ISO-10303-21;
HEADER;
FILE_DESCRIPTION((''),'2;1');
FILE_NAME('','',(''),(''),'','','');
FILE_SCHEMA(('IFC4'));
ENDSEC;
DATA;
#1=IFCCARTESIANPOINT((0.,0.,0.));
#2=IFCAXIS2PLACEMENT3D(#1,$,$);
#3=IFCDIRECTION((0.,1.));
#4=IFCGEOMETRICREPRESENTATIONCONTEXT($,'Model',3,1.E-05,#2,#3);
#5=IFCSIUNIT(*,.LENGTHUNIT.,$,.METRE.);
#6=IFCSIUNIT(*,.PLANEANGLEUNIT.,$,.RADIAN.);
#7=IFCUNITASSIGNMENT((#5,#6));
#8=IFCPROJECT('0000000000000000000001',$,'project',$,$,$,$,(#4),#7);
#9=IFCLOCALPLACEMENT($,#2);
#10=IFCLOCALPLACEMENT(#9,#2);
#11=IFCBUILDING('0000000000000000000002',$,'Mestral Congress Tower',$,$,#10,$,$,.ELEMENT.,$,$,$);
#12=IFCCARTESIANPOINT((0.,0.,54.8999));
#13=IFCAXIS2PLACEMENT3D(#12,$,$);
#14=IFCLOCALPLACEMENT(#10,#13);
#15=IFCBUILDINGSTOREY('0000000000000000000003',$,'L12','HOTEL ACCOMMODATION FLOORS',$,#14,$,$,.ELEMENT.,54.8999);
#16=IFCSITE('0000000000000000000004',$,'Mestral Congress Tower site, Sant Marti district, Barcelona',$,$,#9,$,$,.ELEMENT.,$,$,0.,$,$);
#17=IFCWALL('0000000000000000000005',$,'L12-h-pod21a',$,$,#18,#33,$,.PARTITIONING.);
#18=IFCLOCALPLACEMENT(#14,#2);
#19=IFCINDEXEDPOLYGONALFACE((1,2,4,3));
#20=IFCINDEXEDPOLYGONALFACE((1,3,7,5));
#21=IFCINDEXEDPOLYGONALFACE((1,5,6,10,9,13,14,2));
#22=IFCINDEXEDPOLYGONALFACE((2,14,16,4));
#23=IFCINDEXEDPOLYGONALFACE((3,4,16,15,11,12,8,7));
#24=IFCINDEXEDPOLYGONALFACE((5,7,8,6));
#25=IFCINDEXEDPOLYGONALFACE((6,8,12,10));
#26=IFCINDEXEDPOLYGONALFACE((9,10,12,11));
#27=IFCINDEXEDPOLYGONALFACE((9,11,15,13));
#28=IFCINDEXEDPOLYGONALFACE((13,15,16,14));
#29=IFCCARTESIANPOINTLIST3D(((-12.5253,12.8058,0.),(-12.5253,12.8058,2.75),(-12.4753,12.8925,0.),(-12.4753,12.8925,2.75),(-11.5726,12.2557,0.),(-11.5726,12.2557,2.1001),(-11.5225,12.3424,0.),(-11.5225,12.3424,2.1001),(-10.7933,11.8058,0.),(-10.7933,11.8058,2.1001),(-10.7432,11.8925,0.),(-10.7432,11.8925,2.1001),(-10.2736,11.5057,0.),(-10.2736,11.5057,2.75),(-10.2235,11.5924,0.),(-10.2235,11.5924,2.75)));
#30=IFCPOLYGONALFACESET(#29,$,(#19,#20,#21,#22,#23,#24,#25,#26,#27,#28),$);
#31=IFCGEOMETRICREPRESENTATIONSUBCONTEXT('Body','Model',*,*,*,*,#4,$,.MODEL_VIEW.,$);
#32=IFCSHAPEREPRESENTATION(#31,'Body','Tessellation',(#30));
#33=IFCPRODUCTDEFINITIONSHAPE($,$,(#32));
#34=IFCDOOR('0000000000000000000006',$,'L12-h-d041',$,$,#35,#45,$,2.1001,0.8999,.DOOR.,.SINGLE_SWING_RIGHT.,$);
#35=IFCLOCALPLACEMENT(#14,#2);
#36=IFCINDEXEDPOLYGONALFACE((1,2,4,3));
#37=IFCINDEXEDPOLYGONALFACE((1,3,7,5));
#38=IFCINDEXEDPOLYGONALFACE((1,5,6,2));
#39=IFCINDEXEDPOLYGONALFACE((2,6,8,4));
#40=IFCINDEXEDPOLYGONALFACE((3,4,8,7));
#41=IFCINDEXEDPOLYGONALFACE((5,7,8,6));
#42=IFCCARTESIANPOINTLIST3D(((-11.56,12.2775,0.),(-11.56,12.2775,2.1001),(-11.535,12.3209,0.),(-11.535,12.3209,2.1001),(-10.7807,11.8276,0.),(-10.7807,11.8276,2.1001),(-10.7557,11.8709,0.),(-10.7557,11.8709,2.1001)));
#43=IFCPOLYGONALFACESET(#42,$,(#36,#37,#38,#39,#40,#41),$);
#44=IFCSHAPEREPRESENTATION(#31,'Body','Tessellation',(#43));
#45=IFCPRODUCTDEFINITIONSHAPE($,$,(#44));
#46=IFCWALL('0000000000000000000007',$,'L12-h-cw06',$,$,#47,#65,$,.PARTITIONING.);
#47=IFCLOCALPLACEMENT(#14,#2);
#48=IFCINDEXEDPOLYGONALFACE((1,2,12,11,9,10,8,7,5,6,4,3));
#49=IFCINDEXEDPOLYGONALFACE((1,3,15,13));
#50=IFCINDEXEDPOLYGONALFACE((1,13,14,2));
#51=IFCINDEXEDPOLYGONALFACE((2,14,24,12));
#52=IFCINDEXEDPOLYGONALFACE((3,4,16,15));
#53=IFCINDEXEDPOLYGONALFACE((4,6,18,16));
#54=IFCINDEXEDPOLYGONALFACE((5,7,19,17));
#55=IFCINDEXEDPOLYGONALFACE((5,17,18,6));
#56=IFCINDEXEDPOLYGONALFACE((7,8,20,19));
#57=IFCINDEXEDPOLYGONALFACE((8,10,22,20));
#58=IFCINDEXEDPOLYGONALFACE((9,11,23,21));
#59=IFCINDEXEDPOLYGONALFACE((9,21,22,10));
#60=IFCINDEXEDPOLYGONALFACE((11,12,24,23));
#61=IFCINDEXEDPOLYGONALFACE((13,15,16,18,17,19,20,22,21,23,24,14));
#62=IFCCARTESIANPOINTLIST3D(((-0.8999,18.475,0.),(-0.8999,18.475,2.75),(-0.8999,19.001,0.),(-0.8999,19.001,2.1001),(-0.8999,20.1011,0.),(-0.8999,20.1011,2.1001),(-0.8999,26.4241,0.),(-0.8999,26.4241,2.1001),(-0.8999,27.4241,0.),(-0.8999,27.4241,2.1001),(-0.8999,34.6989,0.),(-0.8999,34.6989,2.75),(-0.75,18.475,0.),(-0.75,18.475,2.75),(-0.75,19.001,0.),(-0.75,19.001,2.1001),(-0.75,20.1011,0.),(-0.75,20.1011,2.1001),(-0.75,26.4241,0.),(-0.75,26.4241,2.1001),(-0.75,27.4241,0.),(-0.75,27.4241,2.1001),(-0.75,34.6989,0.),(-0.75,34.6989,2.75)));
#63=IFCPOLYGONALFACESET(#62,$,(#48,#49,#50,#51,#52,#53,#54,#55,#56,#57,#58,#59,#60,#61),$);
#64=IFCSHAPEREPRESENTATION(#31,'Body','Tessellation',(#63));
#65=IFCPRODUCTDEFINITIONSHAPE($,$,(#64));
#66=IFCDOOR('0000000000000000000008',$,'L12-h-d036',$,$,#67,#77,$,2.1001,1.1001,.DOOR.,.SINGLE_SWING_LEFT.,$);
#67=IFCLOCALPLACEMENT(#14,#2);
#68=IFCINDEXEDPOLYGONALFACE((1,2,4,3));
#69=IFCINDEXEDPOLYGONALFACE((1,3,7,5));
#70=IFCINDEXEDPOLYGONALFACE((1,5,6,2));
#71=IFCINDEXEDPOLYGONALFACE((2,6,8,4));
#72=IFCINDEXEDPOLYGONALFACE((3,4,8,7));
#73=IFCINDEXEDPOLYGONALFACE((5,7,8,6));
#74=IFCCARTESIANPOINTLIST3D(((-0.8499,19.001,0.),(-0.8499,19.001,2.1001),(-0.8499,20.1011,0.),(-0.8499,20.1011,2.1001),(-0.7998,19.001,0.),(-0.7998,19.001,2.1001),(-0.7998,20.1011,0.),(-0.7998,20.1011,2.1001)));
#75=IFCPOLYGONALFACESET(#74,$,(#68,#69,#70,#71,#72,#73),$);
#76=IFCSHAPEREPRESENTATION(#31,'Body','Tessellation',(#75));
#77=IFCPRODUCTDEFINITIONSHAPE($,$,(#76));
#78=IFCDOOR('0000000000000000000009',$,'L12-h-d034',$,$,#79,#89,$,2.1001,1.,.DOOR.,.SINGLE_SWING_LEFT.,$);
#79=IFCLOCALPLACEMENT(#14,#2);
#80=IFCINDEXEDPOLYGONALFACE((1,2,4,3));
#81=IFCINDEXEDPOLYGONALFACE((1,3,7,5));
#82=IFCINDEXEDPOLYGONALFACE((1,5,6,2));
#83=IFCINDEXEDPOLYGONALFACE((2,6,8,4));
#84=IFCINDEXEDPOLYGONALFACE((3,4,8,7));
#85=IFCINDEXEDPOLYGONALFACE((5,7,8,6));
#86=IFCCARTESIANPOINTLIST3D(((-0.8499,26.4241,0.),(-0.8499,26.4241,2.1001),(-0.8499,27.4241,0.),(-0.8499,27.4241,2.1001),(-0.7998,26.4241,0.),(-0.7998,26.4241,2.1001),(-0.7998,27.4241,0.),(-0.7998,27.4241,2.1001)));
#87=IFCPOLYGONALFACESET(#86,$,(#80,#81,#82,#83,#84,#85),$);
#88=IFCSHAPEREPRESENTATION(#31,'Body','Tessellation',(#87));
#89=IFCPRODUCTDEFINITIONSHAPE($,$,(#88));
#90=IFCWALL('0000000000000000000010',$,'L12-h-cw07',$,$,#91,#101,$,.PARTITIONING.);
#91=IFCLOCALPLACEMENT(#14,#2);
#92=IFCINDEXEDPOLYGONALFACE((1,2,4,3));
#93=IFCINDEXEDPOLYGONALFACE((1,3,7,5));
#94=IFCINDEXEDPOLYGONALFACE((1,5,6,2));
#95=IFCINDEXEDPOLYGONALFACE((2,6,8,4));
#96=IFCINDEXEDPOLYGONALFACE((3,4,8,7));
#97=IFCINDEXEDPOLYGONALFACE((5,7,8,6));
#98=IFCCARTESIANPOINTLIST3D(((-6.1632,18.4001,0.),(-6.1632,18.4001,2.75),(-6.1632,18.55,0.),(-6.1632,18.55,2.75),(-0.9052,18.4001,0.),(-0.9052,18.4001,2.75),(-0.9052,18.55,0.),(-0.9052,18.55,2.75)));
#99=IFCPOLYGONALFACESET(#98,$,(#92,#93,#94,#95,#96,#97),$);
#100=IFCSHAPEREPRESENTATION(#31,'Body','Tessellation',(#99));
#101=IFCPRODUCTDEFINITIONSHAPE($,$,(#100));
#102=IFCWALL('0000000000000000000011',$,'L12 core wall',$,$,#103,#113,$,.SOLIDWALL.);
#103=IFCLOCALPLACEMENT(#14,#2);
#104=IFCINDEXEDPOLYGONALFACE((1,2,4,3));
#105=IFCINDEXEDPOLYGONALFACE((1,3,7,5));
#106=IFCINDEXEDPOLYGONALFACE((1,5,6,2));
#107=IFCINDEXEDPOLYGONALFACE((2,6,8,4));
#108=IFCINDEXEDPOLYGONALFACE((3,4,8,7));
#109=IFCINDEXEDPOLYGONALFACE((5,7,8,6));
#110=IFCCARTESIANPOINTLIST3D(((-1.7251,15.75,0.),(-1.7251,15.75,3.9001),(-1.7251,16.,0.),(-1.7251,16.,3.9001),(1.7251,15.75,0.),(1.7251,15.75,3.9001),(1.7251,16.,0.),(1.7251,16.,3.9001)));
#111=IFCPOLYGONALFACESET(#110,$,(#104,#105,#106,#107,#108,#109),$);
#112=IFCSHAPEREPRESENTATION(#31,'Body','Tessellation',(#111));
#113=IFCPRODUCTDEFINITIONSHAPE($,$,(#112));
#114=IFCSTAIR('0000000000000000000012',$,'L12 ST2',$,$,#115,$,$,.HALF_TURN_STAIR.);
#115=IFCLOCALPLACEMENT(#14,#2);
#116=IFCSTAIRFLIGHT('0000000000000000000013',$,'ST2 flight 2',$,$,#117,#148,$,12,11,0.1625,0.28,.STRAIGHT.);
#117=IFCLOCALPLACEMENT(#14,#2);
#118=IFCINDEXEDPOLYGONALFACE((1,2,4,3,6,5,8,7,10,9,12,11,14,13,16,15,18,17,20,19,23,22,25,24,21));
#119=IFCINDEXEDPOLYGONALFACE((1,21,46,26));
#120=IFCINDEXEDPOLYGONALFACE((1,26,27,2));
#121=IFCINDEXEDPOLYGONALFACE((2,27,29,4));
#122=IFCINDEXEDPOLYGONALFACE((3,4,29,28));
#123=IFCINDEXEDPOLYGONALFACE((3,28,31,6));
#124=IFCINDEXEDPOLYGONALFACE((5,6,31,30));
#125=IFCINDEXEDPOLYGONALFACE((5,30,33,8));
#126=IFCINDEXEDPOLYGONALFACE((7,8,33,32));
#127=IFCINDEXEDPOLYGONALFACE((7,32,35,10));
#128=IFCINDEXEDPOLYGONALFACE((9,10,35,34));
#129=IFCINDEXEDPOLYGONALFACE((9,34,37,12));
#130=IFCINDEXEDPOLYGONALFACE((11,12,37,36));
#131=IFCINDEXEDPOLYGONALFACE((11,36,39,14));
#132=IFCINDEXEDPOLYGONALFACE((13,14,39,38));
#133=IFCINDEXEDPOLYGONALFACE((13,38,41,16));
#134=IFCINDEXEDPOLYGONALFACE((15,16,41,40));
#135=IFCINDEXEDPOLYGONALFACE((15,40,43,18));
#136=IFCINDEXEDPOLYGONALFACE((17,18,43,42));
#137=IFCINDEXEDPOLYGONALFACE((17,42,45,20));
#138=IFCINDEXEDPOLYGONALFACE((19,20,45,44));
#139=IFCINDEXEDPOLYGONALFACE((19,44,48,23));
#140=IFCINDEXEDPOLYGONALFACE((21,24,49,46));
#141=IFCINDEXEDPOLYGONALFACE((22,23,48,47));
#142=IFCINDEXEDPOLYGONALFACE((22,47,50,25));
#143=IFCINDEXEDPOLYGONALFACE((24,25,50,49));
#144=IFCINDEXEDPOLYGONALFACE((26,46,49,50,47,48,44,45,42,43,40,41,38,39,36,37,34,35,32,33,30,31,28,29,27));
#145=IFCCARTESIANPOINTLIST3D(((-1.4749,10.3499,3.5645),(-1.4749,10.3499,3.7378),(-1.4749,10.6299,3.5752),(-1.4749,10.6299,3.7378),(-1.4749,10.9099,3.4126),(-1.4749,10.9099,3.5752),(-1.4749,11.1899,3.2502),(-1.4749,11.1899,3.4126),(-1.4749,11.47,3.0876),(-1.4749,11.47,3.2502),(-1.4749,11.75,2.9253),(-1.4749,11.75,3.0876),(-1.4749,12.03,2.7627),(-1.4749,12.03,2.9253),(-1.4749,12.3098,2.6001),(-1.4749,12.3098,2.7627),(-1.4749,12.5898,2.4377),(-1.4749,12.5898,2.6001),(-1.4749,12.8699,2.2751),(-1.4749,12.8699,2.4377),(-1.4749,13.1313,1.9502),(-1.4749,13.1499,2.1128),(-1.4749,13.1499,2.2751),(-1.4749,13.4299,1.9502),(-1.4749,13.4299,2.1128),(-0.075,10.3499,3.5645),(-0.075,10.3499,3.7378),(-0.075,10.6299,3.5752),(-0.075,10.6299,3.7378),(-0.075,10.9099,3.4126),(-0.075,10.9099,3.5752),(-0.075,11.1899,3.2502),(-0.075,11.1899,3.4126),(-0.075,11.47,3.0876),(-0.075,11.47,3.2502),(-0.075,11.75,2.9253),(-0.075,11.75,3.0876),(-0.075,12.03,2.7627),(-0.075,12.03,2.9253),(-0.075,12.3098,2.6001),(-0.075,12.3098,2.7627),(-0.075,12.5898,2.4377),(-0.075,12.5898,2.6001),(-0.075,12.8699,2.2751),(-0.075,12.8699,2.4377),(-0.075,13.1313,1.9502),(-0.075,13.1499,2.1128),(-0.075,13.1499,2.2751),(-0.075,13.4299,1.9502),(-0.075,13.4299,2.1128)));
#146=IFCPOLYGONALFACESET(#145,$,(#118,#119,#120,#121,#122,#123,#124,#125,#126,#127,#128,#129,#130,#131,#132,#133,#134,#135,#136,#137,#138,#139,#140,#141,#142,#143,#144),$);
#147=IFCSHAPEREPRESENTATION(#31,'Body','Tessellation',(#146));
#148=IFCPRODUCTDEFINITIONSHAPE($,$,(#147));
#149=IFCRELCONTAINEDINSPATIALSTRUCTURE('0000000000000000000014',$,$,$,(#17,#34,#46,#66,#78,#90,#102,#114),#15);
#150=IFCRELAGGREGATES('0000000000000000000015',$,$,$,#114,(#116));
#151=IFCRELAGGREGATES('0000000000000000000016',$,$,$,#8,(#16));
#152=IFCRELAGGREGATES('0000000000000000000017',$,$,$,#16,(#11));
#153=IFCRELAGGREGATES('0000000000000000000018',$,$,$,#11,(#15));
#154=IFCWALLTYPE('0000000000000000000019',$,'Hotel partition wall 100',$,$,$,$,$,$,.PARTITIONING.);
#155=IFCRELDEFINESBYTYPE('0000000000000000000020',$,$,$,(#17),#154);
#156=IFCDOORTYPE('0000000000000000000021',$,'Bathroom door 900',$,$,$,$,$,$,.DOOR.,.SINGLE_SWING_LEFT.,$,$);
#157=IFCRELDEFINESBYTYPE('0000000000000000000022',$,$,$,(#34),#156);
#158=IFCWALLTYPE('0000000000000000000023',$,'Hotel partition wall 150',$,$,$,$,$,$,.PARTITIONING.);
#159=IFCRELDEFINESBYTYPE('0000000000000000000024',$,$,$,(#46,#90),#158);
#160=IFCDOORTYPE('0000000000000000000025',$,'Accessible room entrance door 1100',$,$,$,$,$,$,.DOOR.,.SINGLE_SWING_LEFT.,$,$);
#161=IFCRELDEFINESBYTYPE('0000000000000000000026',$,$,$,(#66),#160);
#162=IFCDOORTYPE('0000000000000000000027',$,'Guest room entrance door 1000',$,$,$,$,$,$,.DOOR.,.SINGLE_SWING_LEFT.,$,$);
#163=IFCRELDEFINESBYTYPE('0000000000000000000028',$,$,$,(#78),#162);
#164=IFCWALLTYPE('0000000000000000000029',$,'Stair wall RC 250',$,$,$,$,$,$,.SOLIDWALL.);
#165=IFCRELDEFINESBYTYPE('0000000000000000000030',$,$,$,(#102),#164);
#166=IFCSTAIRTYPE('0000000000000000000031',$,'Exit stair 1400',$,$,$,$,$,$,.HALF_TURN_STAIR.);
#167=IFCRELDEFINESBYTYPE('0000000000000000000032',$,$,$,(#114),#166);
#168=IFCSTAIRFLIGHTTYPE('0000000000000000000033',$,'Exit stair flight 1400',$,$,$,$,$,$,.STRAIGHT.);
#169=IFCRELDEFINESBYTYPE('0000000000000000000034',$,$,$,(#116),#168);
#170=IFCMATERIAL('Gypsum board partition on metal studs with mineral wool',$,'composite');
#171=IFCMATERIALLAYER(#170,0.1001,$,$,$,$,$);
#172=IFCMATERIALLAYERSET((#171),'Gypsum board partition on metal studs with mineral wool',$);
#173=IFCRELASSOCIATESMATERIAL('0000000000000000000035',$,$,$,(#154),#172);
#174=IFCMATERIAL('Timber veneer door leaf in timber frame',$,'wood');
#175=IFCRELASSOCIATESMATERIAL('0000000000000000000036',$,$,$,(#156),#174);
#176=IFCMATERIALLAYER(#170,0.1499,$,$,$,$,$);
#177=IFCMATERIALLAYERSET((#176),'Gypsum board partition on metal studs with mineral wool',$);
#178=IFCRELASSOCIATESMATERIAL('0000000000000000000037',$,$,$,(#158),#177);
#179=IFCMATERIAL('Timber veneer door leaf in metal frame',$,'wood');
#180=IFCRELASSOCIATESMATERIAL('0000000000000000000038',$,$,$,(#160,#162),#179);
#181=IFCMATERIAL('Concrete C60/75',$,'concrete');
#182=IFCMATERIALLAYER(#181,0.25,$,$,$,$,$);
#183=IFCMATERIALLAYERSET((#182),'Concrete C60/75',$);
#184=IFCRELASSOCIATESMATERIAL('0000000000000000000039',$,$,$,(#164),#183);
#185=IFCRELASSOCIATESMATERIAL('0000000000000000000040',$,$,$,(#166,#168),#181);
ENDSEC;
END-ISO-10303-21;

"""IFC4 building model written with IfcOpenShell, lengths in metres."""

from ifc_helpers import new_model, si_unit, direction, frame, frame_2d, origin, place, context, subcontext, project, spatial, polyline, rectangle, outline, extrude, material, layer, layer_set, type_object, element, fill, aggregate, save


model = new_model("IFC4")

# Units and contexts
model_context = context("Model", 3, precision=1e-05, world=origin(), true_north=direction((0.0, 1.0)))
body_context = subcontext(model_context, "Body", "Model", "MODEL_VIEW")
ifc_project = project(units=[si_unit("LENGTHUNIT", "METRE"), si_unit("PLANEANGLEUNIT", "RADIAN")], contexts=[model_context])

# Site, building, storey
site_placement = place(None, origin())
site = spatial("IfcSite", under=ifc_project, at=site_placement, Name="Mestral Congress Tower site, Sant Marti district, Barcelona", CompositionType="ELEMENT", RefElevation=0.0)
building_placement = place(site_placement, origin())
building = spatial("IfcBuilding", under=site, at=building_placement, Name="Mestral Congress Tower", CompositionType="ELEMENT")
storey_placement = place(building_placement, frame((0.0, 0.0, 54.8999)))
storey = spatial("IfcBuildingStorey", under=building, at=storey_placement, Name="L12", Description="HOTEL ACCOMMODATION FLOORS", CompositionType="ELEMENT", Elevation=54.8999)

# Shared definitions
ifc_material_1 = material(Name="Concrete C60/75", Category="concrete")

# Shared definitions
ifc_material_2 = material(Name="Gypsum board partition on metal studs with mineral wool", Category="composite")
ifc_layer_1 = layer(ifc_material_2, 0.1001)
ifc_layer_set_1 = layer_set([ifc_layer_1], Name="Gypsum board partition on metal studs with mineral wool")
wall_type_1 = type_object("IfcWallType", Name="Hotel partition wall 100", PredefinedType="PARTITIONING", material=ifc_layer_set_1)
ifc_material_3 = material(Name="Timber veneer door leaf in timber frame", Category="wood")
door_type_1 = type_object("IfcDoorType", Name="Bathroom door 900", OperationType="SINGLE_SWING_LEFT", PredefinedType="DOOR", material=ifc_material_3)

# Wall, opening, door
wall_1_placement = place(storey_placement, frame((-10.2485, 11.5491, 0.0), z_axis=(0.0, 0.0, 1.0), x_axis=(-0.866021, 0.500007, 0.0)))
wall_1 = element("IfcWall", 1, at=wall_1_placement, inside=storey, type_object=wall_type_1, Name="L12-h-pod21a", PredefinedType="PARTITIONING", context=body_context, shape_type="SweptSolid", body=[
    extrude(rectangle(XDim=2.6001, YDim=0.1001, at=frame_2d((1.3, 0.0))), origin(), (0.0, 0.0, 1.0), 2.75),
])
opening_1_placement = place(wall_1_placement, frame((0.6001, 0.0, 0.0)))
opening_1 = element("IfcOpeningElement", 2, at=opening_1_placement, cuts=wall_1, PredefinedType="OPENING", context=body_context, shape_type="SweptSolid", body=[
    extrude(rectangle(XDim=0.8999, YDim=2.1001, at=frame_2d((0.45, 1.05))), frame((0.0, 0.0601, 0.0), z_axis=(0.0, -1.0, 0.0), x_axis=(1.0, 0.0, 0.0)), (0.0, 0.0, 1.0), 0.1201),
])
door_1_placement = place(opening_1_placement, origin())
door_1 = element("IfcDoor", 3, at=door_1_placement, inside=storey, type_object=door_type_1, Name="L12-h-d041", OperationType="SINGLE_SWING_RIGHT", OverallHeight=2.1001, OverallWidth=0.8999, PredefinedType="DOOR", context=body_context, shape_type="SweptSolid", body=[
    extrude(rectangle(XDim=0.8999, YDim=2.1001, at=frame_2d((0.45, 1.05))), frame((0.0, 0.0249, 0.0), z_axis=(0.0, -1.0, 0.0), x_axis=(1.0, 0.0, 0.0)), (0.0, 0.0, 1.0), 0.05),
])
fill(opening_1, door_1)

# Wall, openings, doors
ifc_layer_2 = layer(ifc_material_2, 0.1499)
ifc_layer_set_2 = layer_set([ifc_layer_2], Name="Gypsum board partition on metal studs with mineral wool")
wall_type_2 = type_object("IfcWallType", Name="Hotel partition wall 150", PredefinedType="PARTITIONING", material=ifc_layer_set_2)
wall_2_placement = place(storey_placement, frame((-0.825, 18.4751, 0.0), z_axis=(0.0, 0.0, 1.0), x_axis=(0.0, 1.0, 0.0)))
wall_2 = element("IfcWall", 4, at=wall_2_placement, inside=storey, type_object=wall_type_2, Name="L12-h-cw06", PredefinedType="PARTITIONING", context=body_context, shape_type="SweptSolid", body=[
    extrude(rectangle(XDim=16.2239, YDim=0.1499, at=frame_2d((8.1118, 0.0))), origin(), (0.0, 0.0, 1.0), 2.75),
])
opening_2_placement = place(wall_2_placement, frame((7.949, 0.0, 0.0)))
opening_2 = element("IfcOpeningElement", 5, at=opening_2_placement, cuts=wall_2, PredefinedType="OPENING", context=body_context, shape_type="SweptSolid", body=[
    extrude(rectangle(XDim=1.0, YDim=2.1001, at=frame_2d((0.5, 1.05))), frame((0.0, 0.085, 0.0), z_axis=(0.0, -1.0, 0.0), x_axis=(1.0, 0.0, 0.0)), (0.0, 0.0, 1.0), 0.1699),
])
opening_3_placement = place(wall_2_placement, frame((0.5259, 0.0, 0.0)))
opening_3 = element("IfcOpeningElement", 6, at=opening_3_placement, cuts=wall_2, PredefinedType="OPENING", context=body_context, shape_type="SweptSolid", body=[
    extrude(rectangle(XDim=1.1001, YDim=2.1001, at=frame_2d((0.55, 1.05))), frame((0.0, 0.085, 0.0), z_axis=(0.0, -1.0, 0.0), x_axis=(1.0, 0.0, 0.0)), (0.0, 0.0, 1.0), 0.1699),
])
ifc_material_4 = material(Name="Timber veneer door leaf in metal frame", Category="wood")
door_type_2 = type_object("IfcDoorType", Name="Accessible room entrance door 1100", OperationType="SINGLE_SWING_LEFT", PredefinedType="DOOR", material=ifc_material_4)
door_2_placement = place(opening_3_placement, origin())
door_2 = element("IfcDoor", 7, at=door_2_placement, inside=storey, type_object=door_type_2, Name="L12-h-d036", OperationType="SINGLE_SWING_LEFT", OverallHeight=2.1001, OverallWidth=1.1001, PredefinedType="DOOR", context=body_context, shape_type="SweptSolid", body=[
    extrude(rectangle(XDim=1.1001, YDim=2.1001, at=frame_2d((0.55, 1.05))), frame((0.0, 0.0249, 0.0), z_axis=(0.0, -1.0, 0.0), x_axis=(1.0, 0.0, 0.0)), (0.0, 0.0, 1.0), 0.05),
])
fill(opening_3, door_2)
door_type_3 = type_object("IfcDoorType", Name="Guest room entrance door 1000", OperationType="SINGLE_SWING_LEFT", PredefinedType="DOOR", material=ifc_material_4)
door_3_placement = place(opening_2_placement, origin())
door_3 = element("IfcDoor", 8, at=door_3_placement, inside=storey, type_object=door_type_3, Name="L12-h-d034", OperationType="SINGLE_SWING_LEFT", OverallHeight=2.1001, OverallWidth=1.0, PredefinedType="DOOR", context=body_context, shape_type="SweptSolid", body=[
    extrude(rectangle(XDim=1.0, YDim=2.1001, at=frame_2d((0.5, 1.05))), frame((0.0, 0.0249, 0.0), z_axis=(0.0, -1.0, 0.0), x_axis=(1.0, 0.0, 0.0)), (0.0, 0.0, 1.0), 0.05),
])
fill(opening_2, door_3)

# Walls
wall_3_placement = place(storey_placement, frame((-6.1631, 18.4751, 0.0), z_axis=(0.0, 0.0, 1.0), x_axis=(1.0, 0.0, 0.0)))
element("IfcWall", 9, at=wall_3_placement, inside=storey, type_object=wall_type_2, Name="L12-h-cw07", PredefinedType="PARTITIONING", context=body_context, shape_type="SweptSolid", body=[
    extrude(rectangle(XDim=5.2581, YDim=0.1499, at=frame_2d((2.6289, 0.0))), origin(), (0.0, 0.0, 1.0), 2.75),
])
ifc_layer_3 = layer(ifc_material_1, 0.25)
ifc_layer_set_3 = layer_set([ifc_layer_3], Name="Concrete C60/75")
wall_type_3 = type_object("IfcWallType", Name="Stair wall RC 250", PredefinedType="SOLIDWALL", material=ifc_layer_set_3)
wall_4_placement = place(storey_placement, frame((-1.7251, 15.875, 0.0), z_axis=(0.0, 0.0, 1.0), x_axis=(1.0, 0.0, 0.0)))
element("IfcWall", 10, at=wall_4_placement, inside=storey, type_object=wall_type_3, Name="L12 core wall", PredefinedType="SOLIDWALL", context=body_context, shape_type="SweptSolid", body=[
    extrude(rectangle(XDim=3.4502, YDim=0.25, at=frame_2d((1.7251, 0.0))), origin(), (0.0, 0.0, 1.0), 3.9001),
])

# Stair, stair flight
stair_type = type_object("IfcStairType", Name="Exit stair 1400", PredefinedType="HALF_TURN_STAIR", material=ifc_material_1)
stair_placement = place(storey_placement, origin())
stair = element("IfcStair", 11, at=stair_placement, inside=storey, type_object=stair_type, Name="L12 ST2", PredefinedType="HALF_TURN_STAIR")
stair_flight_type = type_object("IfcStairFlightType", Name="Exit stair flight 1400", PredefinedType="STRAIGHT", material=ifc_material_1)
stair_flight_placement = place(storey_placement, frame((-0.7749, 13.4299, 1.9502), z_axis=(0.0, 0.0, 1.0), x_axis=(0.0, -1.0, 0.0)))
stair_flight = element("IfcStairFlight", 12, at=stair_flight_placement, type_object=stair_flight_type, Name="ST2 flight 2", NumberOfRisers=12, NumberOfTreads=11, PredefinedType="STRAIGHT", RiserHeight=0.1625, TreadLength=0.28, context=body_context, shape_type="SweptSolid", body=[
    extrude(outline(polyline([(0.0, 0.0), (0.0, 0.1626), (0.28, 0.1626), (0.28, 0.325), (0.5601, 0.325), (0.5601, 0.4875), (0.8401, 0.4875), (0.8401, 0.6499), (1.1201, 0.6499), (1.1201, 0.8125), (1.3999, 0.8125), (1.3999, 0.9751), (1.6799, 0.9751), (1.6799, 1.1375), (1.96, 1.1375), (1.96, 1.3), (2.24, 1.3), (2.24, 1.4624), (2.52, 1.4624), (2.52, 1.625), (2.8, 1.625), (2.8, 1.7876), (3.0801, 1.7876), (3.0801, 1.95), (3.0801, 1.6143), (0.2986, 0.0), (0.0, 0.0)])), frame((0.0, 0.7, 0.0), z_axis=(0.0, -1.0, 0.0), x_axis=(1.0, 0.0, 0.0)), (0.0, 0.0, 1.0), 1.3999),
])
aggregate(stair, [stair_flight])

save(model, "model.ifc")
